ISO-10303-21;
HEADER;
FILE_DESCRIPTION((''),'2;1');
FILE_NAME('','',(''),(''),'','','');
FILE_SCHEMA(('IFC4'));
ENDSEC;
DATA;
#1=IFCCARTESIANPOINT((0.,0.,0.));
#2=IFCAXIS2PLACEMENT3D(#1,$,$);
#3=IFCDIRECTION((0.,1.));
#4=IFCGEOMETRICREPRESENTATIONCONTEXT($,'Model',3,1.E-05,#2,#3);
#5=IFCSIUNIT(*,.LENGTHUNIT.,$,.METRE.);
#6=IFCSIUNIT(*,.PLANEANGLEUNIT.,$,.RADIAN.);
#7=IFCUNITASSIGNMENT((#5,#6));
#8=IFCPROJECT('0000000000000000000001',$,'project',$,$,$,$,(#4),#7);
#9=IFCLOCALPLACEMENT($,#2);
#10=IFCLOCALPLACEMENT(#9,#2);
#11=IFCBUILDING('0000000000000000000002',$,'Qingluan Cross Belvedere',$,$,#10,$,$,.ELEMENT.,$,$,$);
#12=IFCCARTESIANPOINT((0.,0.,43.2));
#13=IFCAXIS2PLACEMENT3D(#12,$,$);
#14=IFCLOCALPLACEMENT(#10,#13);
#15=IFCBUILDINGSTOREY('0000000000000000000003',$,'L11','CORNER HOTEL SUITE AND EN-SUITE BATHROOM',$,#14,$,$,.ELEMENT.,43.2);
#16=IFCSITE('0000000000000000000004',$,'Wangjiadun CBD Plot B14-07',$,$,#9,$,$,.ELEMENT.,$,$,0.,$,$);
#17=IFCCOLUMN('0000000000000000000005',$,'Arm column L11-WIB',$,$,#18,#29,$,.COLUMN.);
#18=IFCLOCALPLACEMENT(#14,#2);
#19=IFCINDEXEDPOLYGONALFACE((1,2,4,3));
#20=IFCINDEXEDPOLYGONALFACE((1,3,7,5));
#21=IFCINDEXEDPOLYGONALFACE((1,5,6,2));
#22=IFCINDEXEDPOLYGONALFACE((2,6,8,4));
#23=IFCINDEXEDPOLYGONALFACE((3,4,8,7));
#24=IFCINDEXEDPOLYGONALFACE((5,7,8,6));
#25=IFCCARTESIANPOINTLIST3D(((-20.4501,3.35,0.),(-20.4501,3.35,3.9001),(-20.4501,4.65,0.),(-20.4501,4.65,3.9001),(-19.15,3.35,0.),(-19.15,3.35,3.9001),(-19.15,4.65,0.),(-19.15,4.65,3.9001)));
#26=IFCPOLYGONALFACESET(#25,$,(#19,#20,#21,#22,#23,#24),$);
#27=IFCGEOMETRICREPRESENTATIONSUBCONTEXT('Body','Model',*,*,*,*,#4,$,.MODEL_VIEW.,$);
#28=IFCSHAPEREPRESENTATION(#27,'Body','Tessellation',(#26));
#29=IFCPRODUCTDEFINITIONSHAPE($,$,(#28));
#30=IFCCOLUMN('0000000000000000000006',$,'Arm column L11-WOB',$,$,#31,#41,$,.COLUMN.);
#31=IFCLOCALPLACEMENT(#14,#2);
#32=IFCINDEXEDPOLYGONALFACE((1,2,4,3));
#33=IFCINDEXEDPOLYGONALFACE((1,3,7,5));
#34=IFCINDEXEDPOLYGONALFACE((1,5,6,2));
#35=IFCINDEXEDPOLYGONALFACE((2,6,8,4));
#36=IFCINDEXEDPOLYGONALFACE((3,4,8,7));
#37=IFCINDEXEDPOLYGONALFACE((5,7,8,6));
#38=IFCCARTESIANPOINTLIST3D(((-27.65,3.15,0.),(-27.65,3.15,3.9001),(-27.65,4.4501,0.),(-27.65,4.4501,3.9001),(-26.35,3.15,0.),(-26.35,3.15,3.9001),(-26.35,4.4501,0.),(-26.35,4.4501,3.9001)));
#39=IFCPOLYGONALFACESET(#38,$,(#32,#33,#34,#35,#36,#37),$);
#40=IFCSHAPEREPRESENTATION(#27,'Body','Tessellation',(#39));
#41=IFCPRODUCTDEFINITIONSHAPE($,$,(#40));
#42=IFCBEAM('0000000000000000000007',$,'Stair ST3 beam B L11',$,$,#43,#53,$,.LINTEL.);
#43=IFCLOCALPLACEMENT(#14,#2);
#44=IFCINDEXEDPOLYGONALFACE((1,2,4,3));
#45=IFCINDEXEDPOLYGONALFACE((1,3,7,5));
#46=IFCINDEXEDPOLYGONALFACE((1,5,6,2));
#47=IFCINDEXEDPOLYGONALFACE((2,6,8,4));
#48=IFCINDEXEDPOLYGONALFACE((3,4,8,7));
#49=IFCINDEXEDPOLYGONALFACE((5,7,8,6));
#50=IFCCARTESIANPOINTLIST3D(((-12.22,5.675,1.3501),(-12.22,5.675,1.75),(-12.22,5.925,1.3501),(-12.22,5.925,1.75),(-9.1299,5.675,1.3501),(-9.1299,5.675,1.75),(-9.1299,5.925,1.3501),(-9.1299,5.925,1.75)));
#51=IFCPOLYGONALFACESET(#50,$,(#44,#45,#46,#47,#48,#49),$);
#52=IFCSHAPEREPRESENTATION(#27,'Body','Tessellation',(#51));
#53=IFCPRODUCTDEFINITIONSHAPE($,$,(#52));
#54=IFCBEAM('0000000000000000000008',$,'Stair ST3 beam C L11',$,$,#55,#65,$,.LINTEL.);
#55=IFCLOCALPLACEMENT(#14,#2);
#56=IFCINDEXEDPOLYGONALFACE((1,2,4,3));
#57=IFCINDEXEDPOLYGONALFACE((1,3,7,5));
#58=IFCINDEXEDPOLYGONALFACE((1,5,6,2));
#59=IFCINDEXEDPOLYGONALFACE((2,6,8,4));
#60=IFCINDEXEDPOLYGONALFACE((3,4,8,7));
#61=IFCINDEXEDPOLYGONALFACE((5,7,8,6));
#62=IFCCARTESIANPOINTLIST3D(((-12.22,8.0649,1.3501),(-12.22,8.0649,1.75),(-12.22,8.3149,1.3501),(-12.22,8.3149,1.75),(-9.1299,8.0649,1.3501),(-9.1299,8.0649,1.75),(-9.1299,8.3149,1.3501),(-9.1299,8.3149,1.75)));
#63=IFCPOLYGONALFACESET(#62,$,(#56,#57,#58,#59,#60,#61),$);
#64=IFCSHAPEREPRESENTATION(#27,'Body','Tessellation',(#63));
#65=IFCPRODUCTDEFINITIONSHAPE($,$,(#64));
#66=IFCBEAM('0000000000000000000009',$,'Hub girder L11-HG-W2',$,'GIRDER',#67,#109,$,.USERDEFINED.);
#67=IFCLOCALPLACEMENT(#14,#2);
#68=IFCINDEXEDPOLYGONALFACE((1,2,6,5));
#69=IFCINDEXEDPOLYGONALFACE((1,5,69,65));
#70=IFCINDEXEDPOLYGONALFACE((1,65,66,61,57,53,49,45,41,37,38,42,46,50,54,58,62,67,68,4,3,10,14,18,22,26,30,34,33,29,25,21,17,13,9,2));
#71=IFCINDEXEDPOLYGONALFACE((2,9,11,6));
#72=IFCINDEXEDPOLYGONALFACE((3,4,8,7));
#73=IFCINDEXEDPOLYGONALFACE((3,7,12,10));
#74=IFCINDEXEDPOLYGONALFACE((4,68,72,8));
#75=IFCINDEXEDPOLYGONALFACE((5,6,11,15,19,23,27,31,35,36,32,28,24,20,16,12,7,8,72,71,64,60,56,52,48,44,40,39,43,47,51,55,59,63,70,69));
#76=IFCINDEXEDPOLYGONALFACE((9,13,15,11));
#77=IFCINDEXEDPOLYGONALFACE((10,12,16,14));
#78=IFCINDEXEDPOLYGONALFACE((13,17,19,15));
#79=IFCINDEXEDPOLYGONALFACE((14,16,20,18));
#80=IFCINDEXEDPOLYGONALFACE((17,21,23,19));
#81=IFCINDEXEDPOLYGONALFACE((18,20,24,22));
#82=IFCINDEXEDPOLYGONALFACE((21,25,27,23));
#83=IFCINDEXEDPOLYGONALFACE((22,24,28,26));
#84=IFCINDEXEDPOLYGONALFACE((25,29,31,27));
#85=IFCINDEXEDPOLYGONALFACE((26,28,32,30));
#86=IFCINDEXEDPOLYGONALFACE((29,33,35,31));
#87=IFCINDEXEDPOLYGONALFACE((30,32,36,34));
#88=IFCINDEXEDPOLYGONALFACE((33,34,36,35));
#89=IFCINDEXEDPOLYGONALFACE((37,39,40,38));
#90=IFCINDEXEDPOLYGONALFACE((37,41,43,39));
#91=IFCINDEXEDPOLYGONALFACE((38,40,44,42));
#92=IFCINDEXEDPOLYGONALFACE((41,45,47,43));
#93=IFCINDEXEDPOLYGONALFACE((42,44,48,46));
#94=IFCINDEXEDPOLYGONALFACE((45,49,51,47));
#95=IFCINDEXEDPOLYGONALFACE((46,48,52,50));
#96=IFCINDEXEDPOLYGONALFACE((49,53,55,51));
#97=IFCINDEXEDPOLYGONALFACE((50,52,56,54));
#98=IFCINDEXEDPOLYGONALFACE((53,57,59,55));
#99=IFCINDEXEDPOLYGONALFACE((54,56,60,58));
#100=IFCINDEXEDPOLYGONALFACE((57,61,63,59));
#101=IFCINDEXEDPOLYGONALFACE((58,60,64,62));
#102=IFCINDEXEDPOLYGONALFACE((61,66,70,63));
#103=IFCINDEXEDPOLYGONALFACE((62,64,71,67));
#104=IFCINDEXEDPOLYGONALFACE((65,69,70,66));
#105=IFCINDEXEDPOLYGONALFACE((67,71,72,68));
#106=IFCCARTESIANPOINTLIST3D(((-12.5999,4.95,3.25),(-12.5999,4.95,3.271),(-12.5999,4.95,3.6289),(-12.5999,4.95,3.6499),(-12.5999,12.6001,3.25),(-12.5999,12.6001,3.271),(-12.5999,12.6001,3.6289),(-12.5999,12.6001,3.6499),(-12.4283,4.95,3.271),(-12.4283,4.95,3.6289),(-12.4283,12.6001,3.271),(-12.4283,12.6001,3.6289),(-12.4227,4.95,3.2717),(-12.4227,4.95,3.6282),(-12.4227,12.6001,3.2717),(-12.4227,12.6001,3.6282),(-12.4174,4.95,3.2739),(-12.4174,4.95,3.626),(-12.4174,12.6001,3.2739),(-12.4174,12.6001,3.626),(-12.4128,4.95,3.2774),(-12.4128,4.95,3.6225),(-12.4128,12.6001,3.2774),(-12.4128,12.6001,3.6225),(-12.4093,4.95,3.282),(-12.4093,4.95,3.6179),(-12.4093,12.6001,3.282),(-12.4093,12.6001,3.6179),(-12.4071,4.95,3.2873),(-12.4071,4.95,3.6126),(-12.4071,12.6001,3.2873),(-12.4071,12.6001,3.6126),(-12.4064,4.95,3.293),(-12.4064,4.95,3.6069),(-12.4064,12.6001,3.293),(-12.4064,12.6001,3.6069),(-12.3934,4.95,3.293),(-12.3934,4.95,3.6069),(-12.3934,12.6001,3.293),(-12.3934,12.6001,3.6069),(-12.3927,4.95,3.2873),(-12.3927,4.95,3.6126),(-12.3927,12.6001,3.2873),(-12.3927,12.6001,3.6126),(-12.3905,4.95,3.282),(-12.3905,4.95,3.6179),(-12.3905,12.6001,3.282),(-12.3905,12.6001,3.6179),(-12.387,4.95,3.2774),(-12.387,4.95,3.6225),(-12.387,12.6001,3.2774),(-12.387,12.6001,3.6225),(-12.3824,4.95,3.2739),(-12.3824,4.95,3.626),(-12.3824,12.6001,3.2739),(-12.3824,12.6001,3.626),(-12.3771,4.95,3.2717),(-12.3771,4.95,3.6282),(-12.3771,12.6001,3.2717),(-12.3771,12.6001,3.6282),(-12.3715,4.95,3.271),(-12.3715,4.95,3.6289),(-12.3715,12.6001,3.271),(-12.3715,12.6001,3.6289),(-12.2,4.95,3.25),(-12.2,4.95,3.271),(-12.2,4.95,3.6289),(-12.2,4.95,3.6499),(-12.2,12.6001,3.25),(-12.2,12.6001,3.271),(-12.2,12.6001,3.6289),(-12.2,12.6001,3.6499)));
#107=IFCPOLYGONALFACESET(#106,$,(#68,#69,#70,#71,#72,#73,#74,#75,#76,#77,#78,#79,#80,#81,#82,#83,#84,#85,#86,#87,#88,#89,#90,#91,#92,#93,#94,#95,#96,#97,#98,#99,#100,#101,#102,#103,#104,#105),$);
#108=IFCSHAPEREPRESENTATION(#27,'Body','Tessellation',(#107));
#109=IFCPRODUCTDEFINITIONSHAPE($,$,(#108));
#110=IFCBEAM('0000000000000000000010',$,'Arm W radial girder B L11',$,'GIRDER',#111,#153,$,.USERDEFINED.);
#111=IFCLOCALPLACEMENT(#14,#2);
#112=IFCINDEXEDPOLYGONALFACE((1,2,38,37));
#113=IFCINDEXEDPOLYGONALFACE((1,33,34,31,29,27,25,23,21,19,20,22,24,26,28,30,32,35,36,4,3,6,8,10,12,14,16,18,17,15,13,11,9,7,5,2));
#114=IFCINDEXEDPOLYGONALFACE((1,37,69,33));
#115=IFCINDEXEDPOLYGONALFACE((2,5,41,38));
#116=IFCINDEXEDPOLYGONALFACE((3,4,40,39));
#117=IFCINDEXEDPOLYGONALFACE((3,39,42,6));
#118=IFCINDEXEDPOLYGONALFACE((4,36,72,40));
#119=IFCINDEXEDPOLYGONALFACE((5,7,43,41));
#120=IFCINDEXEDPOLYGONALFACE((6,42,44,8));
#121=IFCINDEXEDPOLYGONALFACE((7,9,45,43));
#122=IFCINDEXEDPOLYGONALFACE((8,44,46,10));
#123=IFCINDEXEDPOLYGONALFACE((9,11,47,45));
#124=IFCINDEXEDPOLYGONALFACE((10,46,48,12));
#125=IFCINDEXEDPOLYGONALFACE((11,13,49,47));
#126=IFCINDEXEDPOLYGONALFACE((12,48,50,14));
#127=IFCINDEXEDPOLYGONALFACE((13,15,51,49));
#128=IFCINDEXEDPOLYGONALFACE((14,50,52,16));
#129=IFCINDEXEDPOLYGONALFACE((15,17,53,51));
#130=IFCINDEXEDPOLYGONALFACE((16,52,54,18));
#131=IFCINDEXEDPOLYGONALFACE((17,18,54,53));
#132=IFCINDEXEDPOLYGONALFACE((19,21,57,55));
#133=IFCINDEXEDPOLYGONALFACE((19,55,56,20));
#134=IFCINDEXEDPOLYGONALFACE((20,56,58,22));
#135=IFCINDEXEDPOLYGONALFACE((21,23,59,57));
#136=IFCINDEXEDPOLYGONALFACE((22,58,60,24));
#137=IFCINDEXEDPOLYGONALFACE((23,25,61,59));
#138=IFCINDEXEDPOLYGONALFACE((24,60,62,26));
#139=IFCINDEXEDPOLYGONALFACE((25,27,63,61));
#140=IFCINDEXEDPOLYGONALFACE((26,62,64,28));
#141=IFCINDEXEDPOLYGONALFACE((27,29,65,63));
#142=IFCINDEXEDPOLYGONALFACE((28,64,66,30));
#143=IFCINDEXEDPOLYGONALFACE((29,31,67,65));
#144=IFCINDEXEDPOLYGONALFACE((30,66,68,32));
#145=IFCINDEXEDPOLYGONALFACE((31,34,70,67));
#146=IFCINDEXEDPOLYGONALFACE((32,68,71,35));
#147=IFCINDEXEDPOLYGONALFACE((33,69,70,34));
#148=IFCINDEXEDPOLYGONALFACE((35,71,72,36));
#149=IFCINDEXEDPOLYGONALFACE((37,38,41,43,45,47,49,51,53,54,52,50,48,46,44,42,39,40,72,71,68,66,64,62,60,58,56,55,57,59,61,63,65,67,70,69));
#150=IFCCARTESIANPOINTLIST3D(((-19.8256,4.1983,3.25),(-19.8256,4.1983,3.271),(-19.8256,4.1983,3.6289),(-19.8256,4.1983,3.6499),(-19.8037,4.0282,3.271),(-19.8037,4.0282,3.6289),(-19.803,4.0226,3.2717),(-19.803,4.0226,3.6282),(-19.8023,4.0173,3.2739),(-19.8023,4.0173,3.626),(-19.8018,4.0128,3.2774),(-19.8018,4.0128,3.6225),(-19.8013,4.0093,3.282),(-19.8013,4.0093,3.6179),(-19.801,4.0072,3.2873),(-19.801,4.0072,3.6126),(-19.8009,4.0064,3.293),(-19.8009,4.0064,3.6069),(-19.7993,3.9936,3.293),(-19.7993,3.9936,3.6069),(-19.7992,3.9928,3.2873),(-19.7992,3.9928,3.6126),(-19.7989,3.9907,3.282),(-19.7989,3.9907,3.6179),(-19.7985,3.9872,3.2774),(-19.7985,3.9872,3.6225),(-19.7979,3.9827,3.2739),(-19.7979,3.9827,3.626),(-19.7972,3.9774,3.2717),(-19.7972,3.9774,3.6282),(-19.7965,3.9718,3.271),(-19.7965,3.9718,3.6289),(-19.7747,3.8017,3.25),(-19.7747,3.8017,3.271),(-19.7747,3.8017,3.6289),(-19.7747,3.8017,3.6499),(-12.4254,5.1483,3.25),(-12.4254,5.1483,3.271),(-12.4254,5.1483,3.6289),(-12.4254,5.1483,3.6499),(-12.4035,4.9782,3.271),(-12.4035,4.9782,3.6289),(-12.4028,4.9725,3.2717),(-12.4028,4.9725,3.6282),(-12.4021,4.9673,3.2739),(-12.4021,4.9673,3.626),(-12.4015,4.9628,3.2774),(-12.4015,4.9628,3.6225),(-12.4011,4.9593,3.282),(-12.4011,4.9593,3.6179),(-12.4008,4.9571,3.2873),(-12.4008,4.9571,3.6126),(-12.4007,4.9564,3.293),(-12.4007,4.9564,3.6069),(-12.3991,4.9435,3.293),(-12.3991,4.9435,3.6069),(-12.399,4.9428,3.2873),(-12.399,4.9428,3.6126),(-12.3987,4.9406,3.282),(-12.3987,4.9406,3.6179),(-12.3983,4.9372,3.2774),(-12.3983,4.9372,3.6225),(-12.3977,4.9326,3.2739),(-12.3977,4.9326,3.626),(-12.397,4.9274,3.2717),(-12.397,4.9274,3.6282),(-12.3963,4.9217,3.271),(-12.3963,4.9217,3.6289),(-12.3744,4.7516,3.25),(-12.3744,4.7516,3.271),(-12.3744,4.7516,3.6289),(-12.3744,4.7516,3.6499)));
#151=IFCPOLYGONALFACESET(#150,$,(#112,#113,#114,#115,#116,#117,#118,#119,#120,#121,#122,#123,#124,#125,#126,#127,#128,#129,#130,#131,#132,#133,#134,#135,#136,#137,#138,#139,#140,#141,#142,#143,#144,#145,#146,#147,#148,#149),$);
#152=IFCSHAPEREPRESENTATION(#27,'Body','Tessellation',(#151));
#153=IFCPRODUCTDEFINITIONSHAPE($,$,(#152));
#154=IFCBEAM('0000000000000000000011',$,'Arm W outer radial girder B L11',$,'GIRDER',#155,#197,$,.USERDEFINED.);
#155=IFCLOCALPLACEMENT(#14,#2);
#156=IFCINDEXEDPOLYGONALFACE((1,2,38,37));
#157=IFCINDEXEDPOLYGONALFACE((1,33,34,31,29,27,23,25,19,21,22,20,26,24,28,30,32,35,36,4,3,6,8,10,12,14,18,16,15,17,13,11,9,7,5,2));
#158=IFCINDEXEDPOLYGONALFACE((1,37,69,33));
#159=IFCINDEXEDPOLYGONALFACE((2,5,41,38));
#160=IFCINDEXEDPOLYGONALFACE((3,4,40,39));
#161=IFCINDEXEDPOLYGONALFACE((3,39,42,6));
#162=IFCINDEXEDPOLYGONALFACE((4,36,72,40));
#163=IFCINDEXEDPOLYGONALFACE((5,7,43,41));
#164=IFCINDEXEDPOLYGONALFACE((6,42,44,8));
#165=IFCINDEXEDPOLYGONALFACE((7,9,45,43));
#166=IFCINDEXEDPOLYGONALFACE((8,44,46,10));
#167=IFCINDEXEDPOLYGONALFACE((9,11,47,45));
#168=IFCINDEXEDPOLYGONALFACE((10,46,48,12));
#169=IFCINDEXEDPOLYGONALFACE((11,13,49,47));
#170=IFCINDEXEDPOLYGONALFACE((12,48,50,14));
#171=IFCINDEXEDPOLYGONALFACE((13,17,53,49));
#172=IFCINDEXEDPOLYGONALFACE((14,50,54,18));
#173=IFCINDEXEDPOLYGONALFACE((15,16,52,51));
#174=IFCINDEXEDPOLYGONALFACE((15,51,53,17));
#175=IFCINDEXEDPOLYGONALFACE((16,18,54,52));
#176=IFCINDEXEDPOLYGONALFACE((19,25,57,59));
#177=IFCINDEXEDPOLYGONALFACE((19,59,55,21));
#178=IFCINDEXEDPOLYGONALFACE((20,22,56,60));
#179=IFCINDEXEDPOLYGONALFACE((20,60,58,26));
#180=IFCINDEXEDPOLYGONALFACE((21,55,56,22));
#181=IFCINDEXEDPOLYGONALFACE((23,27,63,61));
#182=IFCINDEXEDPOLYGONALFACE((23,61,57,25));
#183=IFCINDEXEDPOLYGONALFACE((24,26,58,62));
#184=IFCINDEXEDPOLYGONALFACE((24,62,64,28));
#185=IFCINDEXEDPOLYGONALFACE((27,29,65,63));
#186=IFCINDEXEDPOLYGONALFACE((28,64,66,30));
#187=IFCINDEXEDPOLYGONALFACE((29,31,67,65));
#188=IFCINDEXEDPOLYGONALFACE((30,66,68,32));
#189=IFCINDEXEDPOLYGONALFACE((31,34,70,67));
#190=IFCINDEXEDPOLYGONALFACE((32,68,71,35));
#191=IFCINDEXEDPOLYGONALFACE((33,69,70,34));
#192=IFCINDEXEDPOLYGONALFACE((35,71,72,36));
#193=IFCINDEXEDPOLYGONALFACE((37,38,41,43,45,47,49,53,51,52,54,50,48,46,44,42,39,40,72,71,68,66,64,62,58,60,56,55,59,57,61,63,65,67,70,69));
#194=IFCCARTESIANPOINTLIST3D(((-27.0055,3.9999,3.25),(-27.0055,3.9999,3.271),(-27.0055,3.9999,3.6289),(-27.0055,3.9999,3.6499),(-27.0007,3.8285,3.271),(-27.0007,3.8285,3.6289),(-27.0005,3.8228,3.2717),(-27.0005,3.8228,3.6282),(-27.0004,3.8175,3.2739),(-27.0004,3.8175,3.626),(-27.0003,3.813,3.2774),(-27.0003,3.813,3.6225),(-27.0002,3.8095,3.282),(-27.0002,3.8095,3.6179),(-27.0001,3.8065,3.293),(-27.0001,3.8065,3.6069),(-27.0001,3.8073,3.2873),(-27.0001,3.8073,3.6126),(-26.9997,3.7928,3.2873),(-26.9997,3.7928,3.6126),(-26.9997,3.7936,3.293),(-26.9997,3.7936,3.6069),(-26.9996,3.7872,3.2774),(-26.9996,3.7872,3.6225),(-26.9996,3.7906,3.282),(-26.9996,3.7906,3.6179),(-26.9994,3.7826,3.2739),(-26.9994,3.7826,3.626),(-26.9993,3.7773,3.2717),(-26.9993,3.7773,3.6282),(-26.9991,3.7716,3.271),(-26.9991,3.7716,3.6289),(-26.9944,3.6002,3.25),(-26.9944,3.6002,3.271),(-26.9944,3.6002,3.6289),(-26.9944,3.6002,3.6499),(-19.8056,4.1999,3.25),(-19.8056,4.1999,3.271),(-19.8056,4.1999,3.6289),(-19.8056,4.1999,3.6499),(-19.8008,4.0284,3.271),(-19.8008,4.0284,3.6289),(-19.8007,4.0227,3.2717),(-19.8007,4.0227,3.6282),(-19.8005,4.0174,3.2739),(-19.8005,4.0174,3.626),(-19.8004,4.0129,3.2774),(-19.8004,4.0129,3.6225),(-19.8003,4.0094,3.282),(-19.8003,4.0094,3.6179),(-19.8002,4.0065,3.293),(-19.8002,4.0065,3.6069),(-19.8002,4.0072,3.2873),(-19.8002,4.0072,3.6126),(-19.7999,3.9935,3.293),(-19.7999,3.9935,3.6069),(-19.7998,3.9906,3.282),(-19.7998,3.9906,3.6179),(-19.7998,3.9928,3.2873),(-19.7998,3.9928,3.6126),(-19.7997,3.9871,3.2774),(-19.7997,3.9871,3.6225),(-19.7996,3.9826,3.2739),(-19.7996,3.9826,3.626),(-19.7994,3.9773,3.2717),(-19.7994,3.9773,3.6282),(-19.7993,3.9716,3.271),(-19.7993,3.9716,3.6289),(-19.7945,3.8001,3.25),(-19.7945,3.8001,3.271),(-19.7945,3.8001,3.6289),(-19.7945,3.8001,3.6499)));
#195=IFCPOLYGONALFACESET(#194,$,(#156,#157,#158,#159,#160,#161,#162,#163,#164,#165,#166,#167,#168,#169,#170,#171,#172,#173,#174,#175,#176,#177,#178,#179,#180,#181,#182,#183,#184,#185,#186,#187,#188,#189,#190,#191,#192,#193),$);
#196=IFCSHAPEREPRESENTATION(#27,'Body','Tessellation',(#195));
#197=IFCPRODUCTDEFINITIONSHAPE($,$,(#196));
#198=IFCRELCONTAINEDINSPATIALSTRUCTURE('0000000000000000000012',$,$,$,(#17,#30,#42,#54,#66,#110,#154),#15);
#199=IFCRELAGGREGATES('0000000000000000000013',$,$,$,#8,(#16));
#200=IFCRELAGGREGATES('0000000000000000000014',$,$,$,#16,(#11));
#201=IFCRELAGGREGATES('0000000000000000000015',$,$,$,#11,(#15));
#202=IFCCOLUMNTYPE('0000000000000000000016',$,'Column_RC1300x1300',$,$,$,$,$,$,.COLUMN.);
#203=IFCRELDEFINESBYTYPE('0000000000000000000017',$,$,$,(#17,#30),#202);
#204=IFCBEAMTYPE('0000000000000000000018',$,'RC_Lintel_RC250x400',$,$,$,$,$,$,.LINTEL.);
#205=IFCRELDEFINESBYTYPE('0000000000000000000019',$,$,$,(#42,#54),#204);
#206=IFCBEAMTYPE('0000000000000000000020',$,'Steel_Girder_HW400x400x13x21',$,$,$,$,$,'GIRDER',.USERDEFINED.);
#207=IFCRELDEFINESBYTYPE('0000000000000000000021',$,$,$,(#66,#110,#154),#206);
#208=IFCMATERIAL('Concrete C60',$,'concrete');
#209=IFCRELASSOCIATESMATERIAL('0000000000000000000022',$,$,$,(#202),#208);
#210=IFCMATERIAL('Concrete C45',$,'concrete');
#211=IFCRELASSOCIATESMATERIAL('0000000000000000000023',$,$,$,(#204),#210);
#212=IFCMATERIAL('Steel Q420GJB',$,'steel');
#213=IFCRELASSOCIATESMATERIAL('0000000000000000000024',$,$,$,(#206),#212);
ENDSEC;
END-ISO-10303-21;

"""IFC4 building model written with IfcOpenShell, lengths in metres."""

from ifc_helpers import new_model, si_unit, direction, frame, origin, origin_2d, place, context, subcontext, project, spatial, rectangle, i_section, extrude, material, material_profile, profile_set, type_object, element, save


model = new_model("IFC4")

# Units and contexts
model_context = context("Model", 3, precision=1e-05, world=origin(), true_north=direction((0.0, 1.0)))
body_context = subcontext(model_context, "Body", "Model", "MODEL_VIEW")
ifc_project = project(units=[si_unit("LENGTHUNIT", "METRE"), si_unit("PLANEANGLEUNIT", "RADIAN")], contexts=[model_context])

# Site, building, storey
site_placement = place(None, origin())
site = spatial("IfcSite", under=ifc_project, at=site_placement, Name="Wangjiadun CBD Plot B14-07", CompositionType="ELEMENT", RefElevation=0.0)
building_placement = place(site_placement, origin())
building = spatial("IfcBuilding", under=site, at=building_placement, Name="Qingluan Cross Belvedere", CompositionType="ELEMENT")
storey_placement = place(building_placement, frame((0.0, 0.0, 43.2)))
storey = spatial("IfcBuildingStorey", under=building, at=storey_placement, Name="L11", Description="CORNER HOTEL SUITE AND EN-SUITE BATHROOM", CompositionType="ELEMENT", Elevation=43.2)

# Columns
ifc_material_1 = material(Name="Concrete C60", Category="concrete")
ifc_material_profile_1 = material_profile(ifc_material_1, rectangle(XDim=1.3, YDim=1.3, at=origin_2d()), Name="RC1300x1300")
ifc_profile_set_1 = profile_set([ifc_material_profile_1], Name="Concrete C60")
column_type = type_object("IfcColumnType", Name="Column_RC1300x1300", PredefinedType="COLUMN", material=ifc_profile_set_1)
for number, where, z_axis, x_axis, name in (
    (1, (-19.8, 4.0, 0.0), (0.0, 0.0, 1.0), (1.0, 0.0, 0.0), "Arm column L11-WIB"),
    (2, (-27.0, 3.8, 0.0), (0.0, 0.0, 1.0), (1.0, 0.0, 0.0), "Arm column L11-WOB"),
):
    element("IfcColumn", number, at=place(storey_placement, frame(where, z_axis=z_axis, x_axis=x_axis)), inside=storey, type_object=column_type, Name=name, PredefinedType="COLUMN", context=body_context, shape_type="SweptSolid", body=[
        extrude(rectangle(XDim=1.3, YDim=1.3, at=origin_2d()), origin(), (0.0, 0.0, 1.0), 3.9001),
    ])

# Beams
ifc_material_2 = material(Name="Concrete C45", Category="concrete")
ifc_material_profile_2 = material_profile(ifc_material_2, rectangle(XDim=0.25, YDim=0.3999, at=origin_2d()), Name="RC250x400")
ifc_profile_set_2 = profile_set([ifc_material_profile_2], Name="Concrete C45")
beam_type_1 = type_object("IfcBeamType", Name="RC_Lintel_RC250x400", PredefinedType="LINTEL", material=ifc_profile_set_2)
for number, where, z_axis, x_axis, name in (
    (3, (-12.22, 5.8, 1.55), (1.0, 0.0, 0.0), (0.0, 1.0, 0.0), "Stair ST3 beam B L11"),
    (4, (-12.22, 8.1899, 1.55), (1.0, 0.0, 0.0), (0.0, 1.0, 0.0), "Stair ST3 beam C L11"),
):
    element("IfcBeam", number, at=place(storey_placement, frame(where, z_axis=z_axis, x_axis=x_axis)), inside=storey, type_object=beam_type_1, Name=name, PredefinedType="LINTEL", context=body_context, shape_type="SweptSolid", body=[
        extrude(rectangle(XDim=0.25, YDim=0.3999, at=origin_2d()), origin(), (0.0, 0.0, 1.0), 3.0901),
    ])
ifc_material_3 = material(Name="Steel Q420GJB", Category="steel")
ifc_material_profile_3 = material_profile(ifc_material_3, i_section(OverallWidth=0.3999, OverallDepth=0.3999, WebThickness=0.0129, FlangeThickness=0.021, FilletRadius=0.022, at=origin_2d()), Name="HW400x400x13x21")
ifc_profile_set_3 = profile_set([ifc_material_profile_3], Name="Steel Q420GJB")
beam_type_2 = type_object("IfcBeamType", Name="Steel_Girder_HW400x400x13x21", ElementType="GIRDER", PredefinedType="USERDEFINED", material=ifc_profile_set_3)
beam_1_placement = place(storey_placement, frame((-12.3999, 4.95, 3.45), z_axis=(0.0, 1.0, 0.0), x_axis=(-1.0, 0.0, 0.0)))
element("IfcBeam", 5, at=beam_1_placement, inside=storey, type_object=beam_type_2, Name="Hub girder L11-HG-W2", ObjectType="GIRDER", PredefinedType="USERDEFINED", context=body_context, shape_type="SweptSolid", body=[
    extrude(i_section(OverallWidth=0.3999, OverallDepth=0.3999, WebThickness=0.0129, FlangeThickness=0.021, FilletRadius=0.022, at=origin_2d()), origin(), (0.0, 0.0, 1.0), 7.6501),
])
beam_2_placement = place(storey_placement, frame((-12.3999, 4.95, 3.45), z_axis=(-0.991861, -0.127324, 0.0), x_axis=(0.127324, -0.991861, 0.0)))
element("IfcBeam", 6, at=beam_2_placement, inside=storey, type_object=beam_type_2, Name="Arm W radial girder B L11", ObjectType="GIRDER", PredefinedType="USERDEFINED", context=body_context, shape_type="SweptSolid", body=[
    extrude(i_section(OverallWidth=0.3999, OverallDepth=0.3999, WebThickness=0.0129, FlangeThickness=0.021, FilletRadius=0.022, at=origin_2d()), origin(), (0.0, 0.0, 1.0), 7.4609),
])
beam_3_placement = place(storey_placement, frame((-19.8, 4.0, 3.45), z_axis=(-0.999615, -0.02776, 0.0), x_axis=(0.02776, -0.999615, 0.0)))
element("IfcBeam", 7, at=beam_3_placement, inside=storey, type_object=beam_type_2, Name="Arm W outer radial girder B L11", ObjectType="GIRDER", PredefinedType="USERDEFINED", context=body_context, shape_type="SweptSolid", body=[
    extrude(i_section(OverallWidth=0.3999, OverallDepth=0.3999, WebThickness=0.0129, FlangeThickness=0.021, FilletRadius=0.022, at=origin_2d()), origin(), (0.0, 0.0, 1.0), 7.2026),
])

save(model, "model.ifc")
